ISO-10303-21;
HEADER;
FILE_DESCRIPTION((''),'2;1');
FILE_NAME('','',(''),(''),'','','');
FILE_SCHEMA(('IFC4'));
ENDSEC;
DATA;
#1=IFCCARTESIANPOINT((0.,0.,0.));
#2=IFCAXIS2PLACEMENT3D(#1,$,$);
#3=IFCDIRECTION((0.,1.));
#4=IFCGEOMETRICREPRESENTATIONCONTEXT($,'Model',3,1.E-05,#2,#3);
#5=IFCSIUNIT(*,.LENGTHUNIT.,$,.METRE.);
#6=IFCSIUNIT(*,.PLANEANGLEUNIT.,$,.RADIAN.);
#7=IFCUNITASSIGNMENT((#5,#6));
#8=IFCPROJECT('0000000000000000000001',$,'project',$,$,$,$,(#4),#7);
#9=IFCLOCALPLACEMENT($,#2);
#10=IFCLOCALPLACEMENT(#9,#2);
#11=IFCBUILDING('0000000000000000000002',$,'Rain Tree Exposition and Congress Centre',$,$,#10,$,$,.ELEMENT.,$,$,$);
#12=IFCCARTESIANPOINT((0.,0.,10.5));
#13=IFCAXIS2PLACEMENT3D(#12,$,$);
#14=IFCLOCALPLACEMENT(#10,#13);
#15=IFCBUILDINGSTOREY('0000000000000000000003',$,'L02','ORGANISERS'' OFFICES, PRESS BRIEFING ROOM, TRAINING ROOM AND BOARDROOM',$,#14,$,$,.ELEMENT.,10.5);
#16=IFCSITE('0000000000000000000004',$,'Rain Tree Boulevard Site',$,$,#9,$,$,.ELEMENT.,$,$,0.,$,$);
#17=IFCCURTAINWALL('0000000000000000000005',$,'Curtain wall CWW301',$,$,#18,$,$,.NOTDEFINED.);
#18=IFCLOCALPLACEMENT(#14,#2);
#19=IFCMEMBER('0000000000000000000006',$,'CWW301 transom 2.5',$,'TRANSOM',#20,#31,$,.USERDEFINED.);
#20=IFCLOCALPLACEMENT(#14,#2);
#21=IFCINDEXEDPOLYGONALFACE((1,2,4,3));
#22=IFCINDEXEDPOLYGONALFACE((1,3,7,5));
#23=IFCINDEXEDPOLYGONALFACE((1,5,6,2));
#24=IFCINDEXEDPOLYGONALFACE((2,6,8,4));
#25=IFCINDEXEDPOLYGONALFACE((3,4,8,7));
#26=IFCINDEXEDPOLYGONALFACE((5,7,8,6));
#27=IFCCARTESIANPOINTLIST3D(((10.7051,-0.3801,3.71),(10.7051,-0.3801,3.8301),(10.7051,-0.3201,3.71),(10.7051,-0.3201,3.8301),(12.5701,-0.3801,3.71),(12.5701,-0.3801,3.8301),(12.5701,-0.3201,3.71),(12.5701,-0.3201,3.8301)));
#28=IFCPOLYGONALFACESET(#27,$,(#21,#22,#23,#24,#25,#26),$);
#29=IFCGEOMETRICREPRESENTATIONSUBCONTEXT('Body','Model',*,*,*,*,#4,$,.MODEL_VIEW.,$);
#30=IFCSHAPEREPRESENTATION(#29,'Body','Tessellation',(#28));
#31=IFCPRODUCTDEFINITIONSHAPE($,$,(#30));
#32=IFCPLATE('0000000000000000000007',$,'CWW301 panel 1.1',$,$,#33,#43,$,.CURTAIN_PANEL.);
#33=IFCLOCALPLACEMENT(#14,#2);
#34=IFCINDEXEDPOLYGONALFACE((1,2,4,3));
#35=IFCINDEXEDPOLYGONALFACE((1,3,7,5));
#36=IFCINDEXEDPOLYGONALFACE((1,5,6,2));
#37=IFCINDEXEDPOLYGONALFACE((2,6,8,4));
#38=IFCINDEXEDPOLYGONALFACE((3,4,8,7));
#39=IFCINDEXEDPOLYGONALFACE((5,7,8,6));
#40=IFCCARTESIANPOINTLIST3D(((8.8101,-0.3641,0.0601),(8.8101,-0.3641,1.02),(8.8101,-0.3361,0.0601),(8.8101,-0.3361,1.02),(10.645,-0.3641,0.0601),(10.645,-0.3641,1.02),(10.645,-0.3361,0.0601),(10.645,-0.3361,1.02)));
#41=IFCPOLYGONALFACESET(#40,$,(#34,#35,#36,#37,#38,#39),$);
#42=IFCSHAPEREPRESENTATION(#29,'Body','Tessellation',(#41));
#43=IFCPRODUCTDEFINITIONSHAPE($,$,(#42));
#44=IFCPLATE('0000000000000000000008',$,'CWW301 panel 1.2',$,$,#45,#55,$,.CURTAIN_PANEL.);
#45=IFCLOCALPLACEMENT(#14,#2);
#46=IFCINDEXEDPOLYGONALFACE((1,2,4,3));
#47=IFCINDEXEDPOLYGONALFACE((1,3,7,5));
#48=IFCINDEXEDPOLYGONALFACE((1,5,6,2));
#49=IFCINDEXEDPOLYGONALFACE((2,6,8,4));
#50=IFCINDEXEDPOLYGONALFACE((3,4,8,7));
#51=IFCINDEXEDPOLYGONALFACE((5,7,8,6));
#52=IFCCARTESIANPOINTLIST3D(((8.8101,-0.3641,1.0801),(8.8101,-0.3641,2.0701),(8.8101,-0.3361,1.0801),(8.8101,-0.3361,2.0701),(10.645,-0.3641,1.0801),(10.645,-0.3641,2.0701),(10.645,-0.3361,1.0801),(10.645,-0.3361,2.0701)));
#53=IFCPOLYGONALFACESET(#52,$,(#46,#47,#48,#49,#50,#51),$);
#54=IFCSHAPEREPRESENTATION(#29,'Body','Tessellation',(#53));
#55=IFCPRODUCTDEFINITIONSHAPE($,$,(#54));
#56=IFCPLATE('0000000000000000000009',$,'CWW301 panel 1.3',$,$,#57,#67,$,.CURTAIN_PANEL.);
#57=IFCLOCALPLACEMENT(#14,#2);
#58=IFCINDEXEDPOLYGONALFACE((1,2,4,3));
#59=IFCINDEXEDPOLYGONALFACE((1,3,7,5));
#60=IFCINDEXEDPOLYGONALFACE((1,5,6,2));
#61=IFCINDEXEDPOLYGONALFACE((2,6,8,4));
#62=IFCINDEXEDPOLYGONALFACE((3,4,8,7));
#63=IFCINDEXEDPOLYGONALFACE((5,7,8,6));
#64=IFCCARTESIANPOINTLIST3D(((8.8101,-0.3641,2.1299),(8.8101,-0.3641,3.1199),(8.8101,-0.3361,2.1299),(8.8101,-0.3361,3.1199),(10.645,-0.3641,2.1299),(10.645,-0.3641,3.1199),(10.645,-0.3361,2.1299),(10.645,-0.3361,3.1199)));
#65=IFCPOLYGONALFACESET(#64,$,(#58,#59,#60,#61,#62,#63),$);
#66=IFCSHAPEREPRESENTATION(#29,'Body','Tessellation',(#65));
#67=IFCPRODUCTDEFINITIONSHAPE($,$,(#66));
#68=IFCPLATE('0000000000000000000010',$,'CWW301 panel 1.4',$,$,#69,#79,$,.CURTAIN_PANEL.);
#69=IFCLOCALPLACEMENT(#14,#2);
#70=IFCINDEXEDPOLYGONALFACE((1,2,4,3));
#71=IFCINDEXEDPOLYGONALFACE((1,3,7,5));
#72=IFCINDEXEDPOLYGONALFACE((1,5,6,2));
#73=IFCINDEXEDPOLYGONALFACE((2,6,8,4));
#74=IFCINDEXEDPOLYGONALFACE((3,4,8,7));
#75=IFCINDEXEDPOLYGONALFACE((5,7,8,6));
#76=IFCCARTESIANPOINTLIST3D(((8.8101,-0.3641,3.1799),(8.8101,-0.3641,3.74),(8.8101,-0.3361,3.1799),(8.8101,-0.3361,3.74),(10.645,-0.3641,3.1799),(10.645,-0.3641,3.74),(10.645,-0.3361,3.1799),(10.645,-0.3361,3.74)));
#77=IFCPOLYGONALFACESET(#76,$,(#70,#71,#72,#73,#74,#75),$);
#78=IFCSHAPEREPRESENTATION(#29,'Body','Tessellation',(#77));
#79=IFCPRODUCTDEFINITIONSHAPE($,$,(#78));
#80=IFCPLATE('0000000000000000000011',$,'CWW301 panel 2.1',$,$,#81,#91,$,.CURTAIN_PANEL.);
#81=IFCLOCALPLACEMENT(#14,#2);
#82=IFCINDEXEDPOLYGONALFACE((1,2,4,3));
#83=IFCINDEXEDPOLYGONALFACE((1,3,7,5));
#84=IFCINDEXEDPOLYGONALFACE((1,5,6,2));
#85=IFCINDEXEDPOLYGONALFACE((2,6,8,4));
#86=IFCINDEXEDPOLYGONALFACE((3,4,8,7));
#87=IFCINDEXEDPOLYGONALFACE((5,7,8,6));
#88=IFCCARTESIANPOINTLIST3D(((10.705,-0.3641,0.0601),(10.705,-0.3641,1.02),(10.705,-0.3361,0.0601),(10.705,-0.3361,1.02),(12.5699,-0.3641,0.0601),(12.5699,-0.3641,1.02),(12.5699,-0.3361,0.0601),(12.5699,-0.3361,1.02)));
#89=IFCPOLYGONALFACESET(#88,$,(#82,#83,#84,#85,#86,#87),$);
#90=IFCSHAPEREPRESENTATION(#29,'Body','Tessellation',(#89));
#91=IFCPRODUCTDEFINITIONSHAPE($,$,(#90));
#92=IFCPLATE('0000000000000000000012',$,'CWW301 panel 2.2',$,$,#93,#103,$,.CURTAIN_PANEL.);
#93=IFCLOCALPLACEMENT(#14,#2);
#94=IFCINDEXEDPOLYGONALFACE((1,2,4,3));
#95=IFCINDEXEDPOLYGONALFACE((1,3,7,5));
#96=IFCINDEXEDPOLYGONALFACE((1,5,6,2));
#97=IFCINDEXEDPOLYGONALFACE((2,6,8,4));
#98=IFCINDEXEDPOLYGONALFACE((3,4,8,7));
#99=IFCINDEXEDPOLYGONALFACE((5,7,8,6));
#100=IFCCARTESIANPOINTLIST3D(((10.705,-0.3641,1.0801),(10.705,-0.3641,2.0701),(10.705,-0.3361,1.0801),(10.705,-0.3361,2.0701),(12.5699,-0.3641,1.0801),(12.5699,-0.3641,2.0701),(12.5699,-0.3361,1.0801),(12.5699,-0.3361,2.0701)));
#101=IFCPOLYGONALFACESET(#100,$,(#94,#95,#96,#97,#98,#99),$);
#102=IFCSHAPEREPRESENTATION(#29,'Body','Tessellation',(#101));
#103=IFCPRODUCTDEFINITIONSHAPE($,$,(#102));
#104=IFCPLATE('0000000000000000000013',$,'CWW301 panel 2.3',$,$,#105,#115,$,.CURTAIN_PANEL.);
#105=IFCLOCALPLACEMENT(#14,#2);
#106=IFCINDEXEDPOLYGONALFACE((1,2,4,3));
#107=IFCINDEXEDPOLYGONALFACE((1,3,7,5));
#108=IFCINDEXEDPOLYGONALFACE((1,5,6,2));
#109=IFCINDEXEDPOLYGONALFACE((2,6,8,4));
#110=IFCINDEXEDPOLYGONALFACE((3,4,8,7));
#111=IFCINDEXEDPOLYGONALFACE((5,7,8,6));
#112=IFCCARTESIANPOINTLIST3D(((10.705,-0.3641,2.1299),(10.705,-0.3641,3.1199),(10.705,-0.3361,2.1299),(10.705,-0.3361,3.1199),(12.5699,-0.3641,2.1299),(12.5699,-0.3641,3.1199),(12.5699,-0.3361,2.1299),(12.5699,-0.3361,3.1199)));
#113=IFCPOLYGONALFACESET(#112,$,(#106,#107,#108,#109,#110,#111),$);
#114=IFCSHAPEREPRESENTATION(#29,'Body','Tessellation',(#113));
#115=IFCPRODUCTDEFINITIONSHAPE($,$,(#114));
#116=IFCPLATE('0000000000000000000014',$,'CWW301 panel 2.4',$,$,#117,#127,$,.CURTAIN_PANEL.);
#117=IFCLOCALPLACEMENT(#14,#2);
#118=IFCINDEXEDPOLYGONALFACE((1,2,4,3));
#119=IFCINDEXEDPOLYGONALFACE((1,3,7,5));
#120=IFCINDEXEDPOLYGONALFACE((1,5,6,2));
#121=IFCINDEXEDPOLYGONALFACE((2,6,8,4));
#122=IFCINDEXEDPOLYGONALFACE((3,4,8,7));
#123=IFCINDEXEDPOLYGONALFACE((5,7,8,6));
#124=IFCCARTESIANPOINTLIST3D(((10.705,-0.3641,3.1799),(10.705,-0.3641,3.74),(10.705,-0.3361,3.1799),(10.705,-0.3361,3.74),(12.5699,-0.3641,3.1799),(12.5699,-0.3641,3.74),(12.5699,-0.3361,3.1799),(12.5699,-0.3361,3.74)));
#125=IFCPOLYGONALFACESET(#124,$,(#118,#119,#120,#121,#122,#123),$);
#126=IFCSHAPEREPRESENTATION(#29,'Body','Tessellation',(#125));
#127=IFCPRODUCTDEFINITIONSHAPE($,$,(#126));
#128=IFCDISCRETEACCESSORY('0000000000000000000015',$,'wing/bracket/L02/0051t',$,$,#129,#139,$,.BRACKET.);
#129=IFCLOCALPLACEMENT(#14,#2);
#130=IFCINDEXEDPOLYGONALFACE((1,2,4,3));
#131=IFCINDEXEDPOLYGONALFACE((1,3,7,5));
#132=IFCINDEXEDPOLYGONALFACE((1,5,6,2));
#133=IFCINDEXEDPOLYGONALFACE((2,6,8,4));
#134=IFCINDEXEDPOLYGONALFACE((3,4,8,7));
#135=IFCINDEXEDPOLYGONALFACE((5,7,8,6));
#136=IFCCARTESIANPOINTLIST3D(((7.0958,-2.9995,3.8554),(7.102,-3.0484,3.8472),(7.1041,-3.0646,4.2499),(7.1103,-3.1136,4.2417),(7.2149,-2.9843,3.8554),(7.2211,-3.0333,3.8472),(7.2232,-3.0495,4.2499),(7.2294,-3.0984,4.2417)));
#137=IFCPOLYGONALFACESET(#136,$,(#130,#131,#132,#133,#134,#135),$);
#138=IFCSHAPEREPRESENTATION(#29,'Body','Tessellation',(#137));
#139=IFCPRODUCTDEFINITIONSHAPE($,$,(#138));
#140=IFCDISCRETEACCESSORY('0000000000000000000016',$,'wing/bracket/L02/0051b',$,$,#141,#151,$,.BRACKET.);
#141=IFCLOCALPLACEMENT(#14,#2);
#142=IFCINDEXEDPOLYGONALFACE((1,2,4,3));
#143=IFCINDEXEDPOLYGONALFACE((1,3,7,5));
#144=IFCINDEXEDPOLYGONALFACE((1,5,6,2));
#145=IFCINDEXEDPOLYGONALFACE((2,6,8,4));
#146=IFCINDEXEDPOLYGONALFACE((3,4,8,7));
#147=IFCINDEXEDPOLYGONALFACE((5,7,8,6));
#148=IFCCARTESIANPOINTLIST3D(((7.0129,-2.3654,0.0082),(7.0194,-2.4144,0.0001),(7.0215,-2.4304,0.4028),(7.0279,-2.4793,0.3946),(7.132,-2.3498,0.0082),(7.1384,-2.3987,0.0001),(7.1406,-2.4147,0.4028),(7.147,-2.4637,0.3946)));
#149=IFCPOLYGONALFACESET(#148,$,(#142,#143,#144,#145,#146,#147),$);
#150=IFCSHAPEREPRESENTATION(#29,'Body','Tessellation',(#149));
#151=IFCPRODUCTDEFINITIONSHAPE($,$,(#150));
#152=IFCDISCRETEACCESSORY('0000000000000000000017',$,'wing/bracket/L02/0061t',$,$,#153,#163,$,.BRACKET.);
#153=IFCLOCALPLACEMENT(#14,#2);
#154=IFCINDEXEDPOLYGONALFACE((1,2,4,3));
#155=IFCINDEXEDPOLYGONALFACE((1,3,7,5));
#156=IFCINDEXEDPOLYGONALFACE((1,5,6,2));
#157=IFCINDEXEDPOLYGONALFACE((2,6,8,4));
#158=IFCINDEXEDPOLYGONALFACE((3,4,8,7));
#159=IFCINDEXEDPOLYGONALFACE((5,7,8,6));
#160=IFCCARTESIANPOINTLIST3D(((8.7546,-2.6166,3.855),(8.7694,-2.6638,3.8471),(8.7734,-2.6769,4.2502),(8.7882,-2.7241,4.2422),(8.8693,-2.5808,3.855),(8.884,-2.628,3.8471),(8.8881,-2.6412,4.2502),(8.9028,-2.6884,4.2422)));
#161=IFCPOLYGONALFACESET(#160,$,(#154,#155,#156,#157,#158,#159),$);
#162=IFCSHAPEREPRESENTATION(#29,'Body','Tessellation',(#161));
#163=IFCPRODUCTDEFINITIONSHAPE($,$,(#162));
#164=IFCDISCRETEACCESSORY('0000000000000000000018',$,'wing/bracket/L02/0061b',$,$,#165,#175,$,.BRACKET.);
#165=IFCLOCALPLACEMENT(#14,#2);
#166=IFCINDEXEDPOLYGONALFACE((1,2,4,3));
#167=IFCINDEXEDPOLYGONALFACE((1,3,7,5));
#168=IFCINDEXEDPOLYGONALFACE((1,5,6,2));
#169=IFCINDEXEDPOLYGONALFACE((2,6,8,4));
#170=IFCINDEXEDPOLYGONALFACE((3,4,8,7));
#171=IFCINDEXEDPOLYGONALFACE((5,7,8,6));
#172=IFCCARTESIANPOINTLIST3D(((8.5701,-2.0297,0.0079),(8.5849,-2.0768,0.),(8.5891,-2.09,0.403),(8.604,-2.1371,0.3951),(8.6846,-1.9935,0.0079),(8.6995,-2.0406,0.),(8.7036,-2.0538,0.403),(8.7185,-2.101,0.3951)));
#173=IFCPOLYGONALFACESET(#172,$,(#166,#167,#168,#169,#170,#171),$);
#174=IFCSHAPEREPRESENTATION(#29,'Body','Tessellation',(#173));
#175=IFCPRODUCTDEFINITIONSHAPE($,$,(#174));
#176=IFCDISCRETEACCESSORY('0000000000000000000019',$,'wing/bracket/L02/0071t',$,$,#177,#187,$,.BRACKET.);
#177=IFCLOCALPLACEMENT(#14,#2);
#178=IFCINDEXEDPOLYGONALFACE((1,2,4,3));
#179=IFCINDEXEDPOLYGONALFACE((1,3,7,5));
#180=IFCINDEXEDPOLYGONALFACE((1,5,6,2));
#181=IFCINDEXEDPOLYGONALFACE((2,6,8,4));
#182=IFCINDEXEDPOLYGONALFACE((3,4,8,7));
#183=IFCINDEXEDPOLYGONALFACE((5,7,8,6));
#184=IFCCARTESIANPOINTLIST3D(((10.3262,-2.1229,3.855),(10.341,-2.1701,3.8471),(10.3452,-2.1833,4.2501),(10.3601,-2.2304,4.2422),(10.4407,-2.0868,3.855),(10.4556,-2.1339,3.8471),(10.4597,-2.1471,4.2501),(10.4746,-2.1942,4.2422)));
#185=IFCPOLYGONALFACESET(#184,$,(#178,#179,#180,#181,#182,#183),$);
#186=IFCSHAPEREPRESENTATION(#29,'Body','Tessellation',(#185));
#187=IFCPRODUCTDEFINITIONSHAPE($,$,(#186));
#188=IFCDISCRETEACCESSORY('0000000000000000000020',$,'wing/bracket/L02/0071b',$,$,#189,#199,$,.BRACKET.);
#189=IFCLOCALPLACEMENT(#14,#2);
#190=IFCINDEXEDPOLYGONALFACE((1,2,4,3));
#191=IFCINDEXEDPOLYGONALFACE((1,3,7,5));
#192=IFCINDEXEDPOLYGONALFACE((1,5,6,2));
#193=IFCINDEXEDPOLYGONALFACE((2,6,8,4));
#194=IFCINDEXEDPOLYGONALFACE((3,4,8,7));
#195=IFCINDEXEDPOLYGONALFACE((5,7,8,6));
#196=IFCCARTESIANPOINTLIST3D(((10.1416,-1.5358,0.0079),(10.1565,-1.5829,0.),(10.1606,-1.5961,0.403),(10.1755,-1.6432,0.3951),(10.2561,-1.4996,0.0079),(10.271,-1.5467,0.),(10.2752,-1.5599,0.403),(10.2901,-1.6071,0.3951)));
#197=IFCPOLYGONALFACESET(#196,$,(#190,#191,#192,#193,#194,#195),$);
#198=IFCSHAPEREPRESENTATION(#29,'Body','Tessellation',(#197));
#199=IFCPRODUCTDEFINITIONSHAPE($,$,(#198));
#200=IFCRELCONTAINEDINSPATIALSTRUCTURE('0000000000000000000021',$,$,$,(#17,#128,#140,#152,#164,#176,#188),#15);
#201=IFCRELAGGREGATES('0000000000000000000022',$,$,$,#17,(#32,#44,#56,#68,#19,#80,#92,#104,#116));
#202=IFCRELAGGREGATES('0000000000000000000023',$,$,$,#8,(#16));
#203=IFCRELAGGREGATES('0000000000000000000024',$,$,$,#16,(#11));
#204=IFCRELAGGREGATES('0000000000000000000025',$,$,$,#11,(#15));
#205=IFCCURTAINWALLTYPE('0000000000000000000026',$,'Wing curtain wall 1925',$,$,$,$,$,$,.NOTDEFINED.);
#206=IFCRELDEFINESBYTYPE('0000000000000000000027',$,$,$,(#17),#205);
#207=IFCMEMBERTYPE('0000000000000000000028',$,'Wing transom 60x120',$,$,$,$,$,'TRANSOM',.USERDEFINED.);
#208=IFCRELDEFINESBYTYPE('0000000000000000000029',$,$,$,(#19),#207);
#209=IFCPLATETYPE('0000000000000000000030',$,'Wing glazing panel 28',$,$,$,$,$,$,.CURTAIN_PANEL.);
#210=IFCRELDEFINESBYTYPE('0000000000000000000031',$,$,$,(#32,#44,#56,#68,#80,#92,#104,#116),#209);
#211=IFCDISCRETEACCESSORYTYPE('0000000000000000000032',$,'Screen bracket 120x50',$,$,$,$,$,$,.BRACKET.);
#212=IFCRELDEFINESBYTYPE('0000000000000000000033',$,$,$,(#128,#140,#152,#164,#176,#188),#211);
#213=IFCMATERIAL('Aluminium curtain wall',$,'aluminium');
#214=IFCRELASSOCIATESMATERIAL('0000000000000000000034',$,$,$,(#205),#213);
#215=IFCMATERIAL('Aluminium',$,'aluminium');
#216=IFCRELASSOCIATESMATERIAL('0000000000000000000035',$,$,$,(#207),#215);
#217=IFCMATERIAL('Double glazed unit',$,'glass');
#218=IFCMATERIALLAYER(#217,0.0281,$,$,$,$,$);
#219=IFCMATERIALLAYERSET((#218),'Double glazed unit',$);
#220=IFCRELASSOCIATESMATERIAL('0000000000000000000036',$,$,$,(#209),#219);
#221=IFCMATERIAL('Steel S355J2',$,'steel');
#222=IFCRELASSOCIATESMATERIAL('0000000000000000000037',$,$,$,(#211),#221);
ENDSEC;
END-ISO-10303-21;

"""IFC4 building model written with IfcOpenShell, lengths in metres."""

from ifc_helpers import new_model, si_unit, direction, frame, origin, origin_2d, place, context, subcontext, project, spatial, rectangle, extrude, material, layer, layer_set, material_profile, profile_set, type_object, element, aggregate, save


model = new_model("IFC4")

# Units and contexts
model_context = context("Model", 3, precision=1e-05, world=origin(), true_north=direction((0.0, 1.0)))
body_context = subcontext(model_context, "Body", "Model", "MODEL_VIEW")
ifc_project = project(units=[si_unit("LENGTHUNIT", "METRE"), si_unit("PLANEANGLEUNIT", "RADIAN")], contexts=[model_context])

# Site, building, storey
site_placement = place(None, origin())
site = spatial("IfcSite", under=ifc_project, at=site_placement, Name="Rain Tree Boulevard Site", CompositionType="ELEMENT", RefElevation=0.0)
building_placement = place(site_placement, origin())
building = spatial("IfcBuilding", under=site, at=building_placement, Name="Rain Tree Exposition and Congress Centre", CompositionType="ELEMENT")
storey_placement = place(building_placement, frame((0.0, 0.0, 10.5)))
storey = spatial("IfcBuildingStorey", under=building, at=storey_placement, Name="L02", Description="ORGANISERS' OFFICES, PRESS BRIEFING ROOM, TRAINING ROOM AND BOARDROOM", CompositionType="ELEMENT", Elevation=10.5)

# Curtain wall, member, plates
ifc_material_1 = material(Name="Aluminium curtain wall", Category="aluminium")
curtain_wall_type = type_object("IfcCurtainWallType", Name="Wing curtain wall 1925", PredefinedType="NOTDEFINED", material=ifc_material_1)
curtain_wall_placement = place(storey_placement, origin())
curtain_wall = element("IfcCurtainWall", 1, at=curtain_wall_placement, inside=storey, type_object=curtain_wall_type, Name="Curtain wall CWW301", PredefinedType="NOTDEFINED")
ifc_material_2 = material(Name="Aluminium", Category="aluminium")
ifc_material_profile_1 = material_profile(ifc_material_2, rectangle(XDim=0.0601, YDim=0.1201, at=origin_2d()), Name="Aluminium 60x120")
ifc_profile_set_1 = profile_set([ifc_material_profile_1], Name="Aluminium")
member_type_1 = type_object("IfcMemberType", Name="Wing transom 60x120", ElementType="TRANSOM", PredefinedType="USERDEFINED", material=ifc_profile_set_1)
member_1_placement = place(storey_placement, frame((10.7051, -0.3501, 3.77), z_axis=(1.0, 0.0, 0.0), x_axis=(0.0, 1.0, 0.0)))
member_1 = element("IfcMember", 2, at=member_1_placement, type_object=member_type_1, Name="CWW301 transom 2.5", ObjectType="TRANSOM", PredefinedType="USERDEFINED", context=body_context, shape_type="SweptSolid", body=[
    extrude(rectangle(XDim=0.0601, YDim=0.1201, at=origin_2d()), origin(), (0.0, 0.0, 1.0), 1.865),
])
ifc_material_3 = material(Name="Double glazed unit", Category="glass")
ifc_layer_1 = layer(ifc_material_3, 0.0281)
ifc_layer_set_1 = layer_set([ifc_layer_1], Name="Double glazed unit")
plate_type = type_object("IfcPlateType", Name="Wing glazing panel 28", PredefinedType="CURTAIN_PANEL", material=ifc_layer_set_1)
plate_1_placement = place(storey_placement, frame((9.7275, -0.3501, 0.0601), z_axis=(0.0, 0.0, 1.0), x_axis=(1.0, 0.0, 0.0)))
plate_1 = element("IfcPlate", 3, at=plate_1_placement, type_object=plate_type, Name="CWW301 panel 1.1", PredefinedType="CURTAIN_PANEL", context=body_context, shape_type="SweptSolid", body=[
    extrude(rectangle(XDim=1.835, YDim=0.0281, at=origin_2d()), origin(), (0.0, 0.0, 1.0), 0.96),
])
plate_2_placement = place(storey_placement, frame((9.7275, -0.3501, 1.0801), z_axis=(0.0, 0.0, 1.0), x_axis=(1.0, 0.0, 0.0)))
plate_2 = element("IfcPlate", 4, at=plate_2_placement, type_object=plate_type, Name="CWW301 panel 1.2", PredefinedType="CURTAIN_PANEL", context=body_context, shape_type="SweptSolid", body=[
    extrude(rectangle(XDim=1.835, YDim=0.0281, at=origin_2d()), origin(), (0.0, 0.0, 1.0), 0.99),
])
plate_3_placement = place(storey_placement, frame((9.7275, -0.3501, 2.1299), z_axis=(0.0, 0.0, 1.0), x_axis=(1.0, 0.0, 0.0)))
plate_3 = element("IfcPlate", 5, at=plate_3_placement, type_object=plate_type, Name="CWW301 panel 1.3", PredefinedType="CURTAIN_PANEL", context=body_context, shape_type="SweptSolid", body=[
    extrude(rectangle(XDim=1.835, YDim=0.0281, at=origin_2d()), origin(), (0.0, 0.0, 1.0), 0.99),
])
plate_4_placement = place(storey_placement, frame((9.7275, -0.3501, 3.1799), z_axis=(0.0, 0.0, 1.0), x_axis=(1.0, 0.0, 0.0)))
plate_4 = element("IfcPlate", 6, at=plate_4_placement, type_object=plate_type, Name="CWW301 panel 1.4", PredefinedType="CURTAIN_PANEL", context=body_context, shape_type="SweptSolid", body=[
    extrude(rectangle(XDim=1.835, YDim=0.0281, at=origin_2d()), origin(), (0.0, 0.0, 1.0), 0.5601),
])
plate_5_placement = place(storey_placement, frame((11.6375, -0.3501, 0.0601), z_axis=(0.0, 0.0, 1.0), x_axis=(1.0, 0.0, 0.0)))
plate_5 = element("IfcPlate", 7, at=plate_5_placement, type_object=plate_type, Name="CWW301 panel 2.1", PredefinedType="CURTAIN_PANEL", context=body_context, shape_type="SweptSolid", body=[
    extrude(rectangle(XDim=1.865, YDim=0.0281, at=origin_2d()), origin(), (0.0, 0.0, 1.0), 0.96),
])
plate_6_placement = place(storey_placement, frame((11.6375, -0.3501, 1.0801), z_axis=(0.0, 0.0, 1.0), x_axis=(1.0, 0.0, 0.0)))
plate_6 = element("IfcPlate", 8, at=plate_6_placement, type_object=plate_type, Name="CWW301 panel 2.2", PredefinedType="CURTAIN_PANEL", context=body_context, shape_type="SweptSolid", body=[
    extrude(rectangle(XDim=1.865, YDim=0.0281, at=origin_2d()), origin(), (0.0, 0.0, 1.0), 0.99),
])
plate_7_placement = place(storey_placement, frame((11.6375, -0.3501, 2.1299), z_axis=(0.0, 0.0, 1.0), x_axis=(1.0, 0.0, 0.0)))
plate_7 = element("IfcPlate", 9, at=plate_7_placement, type_object=plate_type, Name="CWW301 panel 2.3", PredefinedType="CURTAIN_PANEL", context=body_context, shape_type="SweptSolid", body=[
    extrude(rectangle(XDim=1.865, YDim=0.0281, at=origin_2d()), origin(), (0.0, 0.0, 1.0), 0.99),
])
plate_8_placement = place(storey_placement, frame((11.6375, -0.3501, 3.1799), z_axis=(0.0, 0.0, 1.0), x_axis=(1.0, 0.0, 0.0)))
plate_8 = element("IfcPlate", 10, at=plate_8_placement, type_object=plate_type, Name="CWW301 panel 2.4", PredefinedType="CURTAIN_PANEL", context=body_context, shape_type="SweptSolid", body=[
    extrude(rectangle(XDim=1.865, YDim=0.0281, at=origin_2d()), origin(), (0.0, 0.0, 1.0), 0.5601),
])
aggregate(curtain_wall, [plate_1, plate_2, plate_3, plate_4, member_1, plate_5, plate_6, plate_7, plate_8])

# Discrete accessories
ifc_material_4 = material(Name="Steel S355J2", Category="steel")
ifc_material_profile_2 = material_profile(ifc_material_4, rectangle(XDim=0.1201, YDim=0.05, at=origin_2d()), Name="Flat bar 120x50")
ifc_profile_set_2 = profile_set([ifc_material_profile_2], Name="Steel S355J2")
discrete_accessory_type = type_object("IfcDiscreteAccessoryType", Name="Screen bracket 120x50", PredefinedType="BRACKET", material=ifc_profile_set_2)
for number, where, z_axis, x_axis, name in (
    (11, (7.1584, -3.0164, 3.8513), (0.020754, -0.162978, 0.986411), (0.991989, 0.126321, 0.0), "wing/bracket/L02/0051t"),
    (12, (7.0757, -2.3821, 0.0042), (0.021366, -0.162381, 0.986497), (0.991454, 0.130455, 0.0), "wing/bracket/L02/0051b"),
):
    element("IfcDiscreteAccessory", number, at=place(storey_placement, frame(where, z_axis=z_axis, x_axis=x_axis)), inside=storey, type_object=discrete_accessory_type, Name=name, PredefinedType="BRACKET", context=body_context, shape_type="SweptSolid", body=[
        extrude(rectangle(XDim=0.1201, YDim=0.05, at=origin_2d()), origin(), (0.0, 0.0, 1.0), 0.3999),
    ])
for number, where, z_axis, x_axis, name in (
    (13, (8.8193, -2.6223, 3.8511), (0.046993, -0.150743, 0.987456), (0.954686, 0.297615, 0.0), "wing/bracket/L02/0061t"),
    (14, (8.6348, -2.0352, 0.0039), (0.047602, -0.150738, 0.987427), (0.953583, 0.301131, 0.0), "wing/bracket/L02/0061b"),
    (15, (10.3909, -2.1284, 3.8511), (0.047602, -0.150738, 0.987427), (0.953583, 0.301131, 0.0), "wing/bracket/L02/0071t"),
    (16, (10.2063, -1.5413, 0.0039), (0.047602, -0.150738, 0.987427), (0.953583, 0.301131, 0.0), "wing/bracket/L02/0071b"),
):
    element("IfcDiscreteAccessory", number, at=place(storey_placement, frame(where, z_axis=z_axis, x_axis=x_axis)), inside=storey, type_object=discrete_accessory_type, Name=name, PredefinedType="BRACKET", context=body_context, shape_type="SweptSolid", body=[
        extrude(rectangle(XDim=0.1201, YDim=0.05, at=origin_2d()), origin(), (0.0, 0.0, 1.0), 0.4001),
    ])

save(model, "model.ifc")
